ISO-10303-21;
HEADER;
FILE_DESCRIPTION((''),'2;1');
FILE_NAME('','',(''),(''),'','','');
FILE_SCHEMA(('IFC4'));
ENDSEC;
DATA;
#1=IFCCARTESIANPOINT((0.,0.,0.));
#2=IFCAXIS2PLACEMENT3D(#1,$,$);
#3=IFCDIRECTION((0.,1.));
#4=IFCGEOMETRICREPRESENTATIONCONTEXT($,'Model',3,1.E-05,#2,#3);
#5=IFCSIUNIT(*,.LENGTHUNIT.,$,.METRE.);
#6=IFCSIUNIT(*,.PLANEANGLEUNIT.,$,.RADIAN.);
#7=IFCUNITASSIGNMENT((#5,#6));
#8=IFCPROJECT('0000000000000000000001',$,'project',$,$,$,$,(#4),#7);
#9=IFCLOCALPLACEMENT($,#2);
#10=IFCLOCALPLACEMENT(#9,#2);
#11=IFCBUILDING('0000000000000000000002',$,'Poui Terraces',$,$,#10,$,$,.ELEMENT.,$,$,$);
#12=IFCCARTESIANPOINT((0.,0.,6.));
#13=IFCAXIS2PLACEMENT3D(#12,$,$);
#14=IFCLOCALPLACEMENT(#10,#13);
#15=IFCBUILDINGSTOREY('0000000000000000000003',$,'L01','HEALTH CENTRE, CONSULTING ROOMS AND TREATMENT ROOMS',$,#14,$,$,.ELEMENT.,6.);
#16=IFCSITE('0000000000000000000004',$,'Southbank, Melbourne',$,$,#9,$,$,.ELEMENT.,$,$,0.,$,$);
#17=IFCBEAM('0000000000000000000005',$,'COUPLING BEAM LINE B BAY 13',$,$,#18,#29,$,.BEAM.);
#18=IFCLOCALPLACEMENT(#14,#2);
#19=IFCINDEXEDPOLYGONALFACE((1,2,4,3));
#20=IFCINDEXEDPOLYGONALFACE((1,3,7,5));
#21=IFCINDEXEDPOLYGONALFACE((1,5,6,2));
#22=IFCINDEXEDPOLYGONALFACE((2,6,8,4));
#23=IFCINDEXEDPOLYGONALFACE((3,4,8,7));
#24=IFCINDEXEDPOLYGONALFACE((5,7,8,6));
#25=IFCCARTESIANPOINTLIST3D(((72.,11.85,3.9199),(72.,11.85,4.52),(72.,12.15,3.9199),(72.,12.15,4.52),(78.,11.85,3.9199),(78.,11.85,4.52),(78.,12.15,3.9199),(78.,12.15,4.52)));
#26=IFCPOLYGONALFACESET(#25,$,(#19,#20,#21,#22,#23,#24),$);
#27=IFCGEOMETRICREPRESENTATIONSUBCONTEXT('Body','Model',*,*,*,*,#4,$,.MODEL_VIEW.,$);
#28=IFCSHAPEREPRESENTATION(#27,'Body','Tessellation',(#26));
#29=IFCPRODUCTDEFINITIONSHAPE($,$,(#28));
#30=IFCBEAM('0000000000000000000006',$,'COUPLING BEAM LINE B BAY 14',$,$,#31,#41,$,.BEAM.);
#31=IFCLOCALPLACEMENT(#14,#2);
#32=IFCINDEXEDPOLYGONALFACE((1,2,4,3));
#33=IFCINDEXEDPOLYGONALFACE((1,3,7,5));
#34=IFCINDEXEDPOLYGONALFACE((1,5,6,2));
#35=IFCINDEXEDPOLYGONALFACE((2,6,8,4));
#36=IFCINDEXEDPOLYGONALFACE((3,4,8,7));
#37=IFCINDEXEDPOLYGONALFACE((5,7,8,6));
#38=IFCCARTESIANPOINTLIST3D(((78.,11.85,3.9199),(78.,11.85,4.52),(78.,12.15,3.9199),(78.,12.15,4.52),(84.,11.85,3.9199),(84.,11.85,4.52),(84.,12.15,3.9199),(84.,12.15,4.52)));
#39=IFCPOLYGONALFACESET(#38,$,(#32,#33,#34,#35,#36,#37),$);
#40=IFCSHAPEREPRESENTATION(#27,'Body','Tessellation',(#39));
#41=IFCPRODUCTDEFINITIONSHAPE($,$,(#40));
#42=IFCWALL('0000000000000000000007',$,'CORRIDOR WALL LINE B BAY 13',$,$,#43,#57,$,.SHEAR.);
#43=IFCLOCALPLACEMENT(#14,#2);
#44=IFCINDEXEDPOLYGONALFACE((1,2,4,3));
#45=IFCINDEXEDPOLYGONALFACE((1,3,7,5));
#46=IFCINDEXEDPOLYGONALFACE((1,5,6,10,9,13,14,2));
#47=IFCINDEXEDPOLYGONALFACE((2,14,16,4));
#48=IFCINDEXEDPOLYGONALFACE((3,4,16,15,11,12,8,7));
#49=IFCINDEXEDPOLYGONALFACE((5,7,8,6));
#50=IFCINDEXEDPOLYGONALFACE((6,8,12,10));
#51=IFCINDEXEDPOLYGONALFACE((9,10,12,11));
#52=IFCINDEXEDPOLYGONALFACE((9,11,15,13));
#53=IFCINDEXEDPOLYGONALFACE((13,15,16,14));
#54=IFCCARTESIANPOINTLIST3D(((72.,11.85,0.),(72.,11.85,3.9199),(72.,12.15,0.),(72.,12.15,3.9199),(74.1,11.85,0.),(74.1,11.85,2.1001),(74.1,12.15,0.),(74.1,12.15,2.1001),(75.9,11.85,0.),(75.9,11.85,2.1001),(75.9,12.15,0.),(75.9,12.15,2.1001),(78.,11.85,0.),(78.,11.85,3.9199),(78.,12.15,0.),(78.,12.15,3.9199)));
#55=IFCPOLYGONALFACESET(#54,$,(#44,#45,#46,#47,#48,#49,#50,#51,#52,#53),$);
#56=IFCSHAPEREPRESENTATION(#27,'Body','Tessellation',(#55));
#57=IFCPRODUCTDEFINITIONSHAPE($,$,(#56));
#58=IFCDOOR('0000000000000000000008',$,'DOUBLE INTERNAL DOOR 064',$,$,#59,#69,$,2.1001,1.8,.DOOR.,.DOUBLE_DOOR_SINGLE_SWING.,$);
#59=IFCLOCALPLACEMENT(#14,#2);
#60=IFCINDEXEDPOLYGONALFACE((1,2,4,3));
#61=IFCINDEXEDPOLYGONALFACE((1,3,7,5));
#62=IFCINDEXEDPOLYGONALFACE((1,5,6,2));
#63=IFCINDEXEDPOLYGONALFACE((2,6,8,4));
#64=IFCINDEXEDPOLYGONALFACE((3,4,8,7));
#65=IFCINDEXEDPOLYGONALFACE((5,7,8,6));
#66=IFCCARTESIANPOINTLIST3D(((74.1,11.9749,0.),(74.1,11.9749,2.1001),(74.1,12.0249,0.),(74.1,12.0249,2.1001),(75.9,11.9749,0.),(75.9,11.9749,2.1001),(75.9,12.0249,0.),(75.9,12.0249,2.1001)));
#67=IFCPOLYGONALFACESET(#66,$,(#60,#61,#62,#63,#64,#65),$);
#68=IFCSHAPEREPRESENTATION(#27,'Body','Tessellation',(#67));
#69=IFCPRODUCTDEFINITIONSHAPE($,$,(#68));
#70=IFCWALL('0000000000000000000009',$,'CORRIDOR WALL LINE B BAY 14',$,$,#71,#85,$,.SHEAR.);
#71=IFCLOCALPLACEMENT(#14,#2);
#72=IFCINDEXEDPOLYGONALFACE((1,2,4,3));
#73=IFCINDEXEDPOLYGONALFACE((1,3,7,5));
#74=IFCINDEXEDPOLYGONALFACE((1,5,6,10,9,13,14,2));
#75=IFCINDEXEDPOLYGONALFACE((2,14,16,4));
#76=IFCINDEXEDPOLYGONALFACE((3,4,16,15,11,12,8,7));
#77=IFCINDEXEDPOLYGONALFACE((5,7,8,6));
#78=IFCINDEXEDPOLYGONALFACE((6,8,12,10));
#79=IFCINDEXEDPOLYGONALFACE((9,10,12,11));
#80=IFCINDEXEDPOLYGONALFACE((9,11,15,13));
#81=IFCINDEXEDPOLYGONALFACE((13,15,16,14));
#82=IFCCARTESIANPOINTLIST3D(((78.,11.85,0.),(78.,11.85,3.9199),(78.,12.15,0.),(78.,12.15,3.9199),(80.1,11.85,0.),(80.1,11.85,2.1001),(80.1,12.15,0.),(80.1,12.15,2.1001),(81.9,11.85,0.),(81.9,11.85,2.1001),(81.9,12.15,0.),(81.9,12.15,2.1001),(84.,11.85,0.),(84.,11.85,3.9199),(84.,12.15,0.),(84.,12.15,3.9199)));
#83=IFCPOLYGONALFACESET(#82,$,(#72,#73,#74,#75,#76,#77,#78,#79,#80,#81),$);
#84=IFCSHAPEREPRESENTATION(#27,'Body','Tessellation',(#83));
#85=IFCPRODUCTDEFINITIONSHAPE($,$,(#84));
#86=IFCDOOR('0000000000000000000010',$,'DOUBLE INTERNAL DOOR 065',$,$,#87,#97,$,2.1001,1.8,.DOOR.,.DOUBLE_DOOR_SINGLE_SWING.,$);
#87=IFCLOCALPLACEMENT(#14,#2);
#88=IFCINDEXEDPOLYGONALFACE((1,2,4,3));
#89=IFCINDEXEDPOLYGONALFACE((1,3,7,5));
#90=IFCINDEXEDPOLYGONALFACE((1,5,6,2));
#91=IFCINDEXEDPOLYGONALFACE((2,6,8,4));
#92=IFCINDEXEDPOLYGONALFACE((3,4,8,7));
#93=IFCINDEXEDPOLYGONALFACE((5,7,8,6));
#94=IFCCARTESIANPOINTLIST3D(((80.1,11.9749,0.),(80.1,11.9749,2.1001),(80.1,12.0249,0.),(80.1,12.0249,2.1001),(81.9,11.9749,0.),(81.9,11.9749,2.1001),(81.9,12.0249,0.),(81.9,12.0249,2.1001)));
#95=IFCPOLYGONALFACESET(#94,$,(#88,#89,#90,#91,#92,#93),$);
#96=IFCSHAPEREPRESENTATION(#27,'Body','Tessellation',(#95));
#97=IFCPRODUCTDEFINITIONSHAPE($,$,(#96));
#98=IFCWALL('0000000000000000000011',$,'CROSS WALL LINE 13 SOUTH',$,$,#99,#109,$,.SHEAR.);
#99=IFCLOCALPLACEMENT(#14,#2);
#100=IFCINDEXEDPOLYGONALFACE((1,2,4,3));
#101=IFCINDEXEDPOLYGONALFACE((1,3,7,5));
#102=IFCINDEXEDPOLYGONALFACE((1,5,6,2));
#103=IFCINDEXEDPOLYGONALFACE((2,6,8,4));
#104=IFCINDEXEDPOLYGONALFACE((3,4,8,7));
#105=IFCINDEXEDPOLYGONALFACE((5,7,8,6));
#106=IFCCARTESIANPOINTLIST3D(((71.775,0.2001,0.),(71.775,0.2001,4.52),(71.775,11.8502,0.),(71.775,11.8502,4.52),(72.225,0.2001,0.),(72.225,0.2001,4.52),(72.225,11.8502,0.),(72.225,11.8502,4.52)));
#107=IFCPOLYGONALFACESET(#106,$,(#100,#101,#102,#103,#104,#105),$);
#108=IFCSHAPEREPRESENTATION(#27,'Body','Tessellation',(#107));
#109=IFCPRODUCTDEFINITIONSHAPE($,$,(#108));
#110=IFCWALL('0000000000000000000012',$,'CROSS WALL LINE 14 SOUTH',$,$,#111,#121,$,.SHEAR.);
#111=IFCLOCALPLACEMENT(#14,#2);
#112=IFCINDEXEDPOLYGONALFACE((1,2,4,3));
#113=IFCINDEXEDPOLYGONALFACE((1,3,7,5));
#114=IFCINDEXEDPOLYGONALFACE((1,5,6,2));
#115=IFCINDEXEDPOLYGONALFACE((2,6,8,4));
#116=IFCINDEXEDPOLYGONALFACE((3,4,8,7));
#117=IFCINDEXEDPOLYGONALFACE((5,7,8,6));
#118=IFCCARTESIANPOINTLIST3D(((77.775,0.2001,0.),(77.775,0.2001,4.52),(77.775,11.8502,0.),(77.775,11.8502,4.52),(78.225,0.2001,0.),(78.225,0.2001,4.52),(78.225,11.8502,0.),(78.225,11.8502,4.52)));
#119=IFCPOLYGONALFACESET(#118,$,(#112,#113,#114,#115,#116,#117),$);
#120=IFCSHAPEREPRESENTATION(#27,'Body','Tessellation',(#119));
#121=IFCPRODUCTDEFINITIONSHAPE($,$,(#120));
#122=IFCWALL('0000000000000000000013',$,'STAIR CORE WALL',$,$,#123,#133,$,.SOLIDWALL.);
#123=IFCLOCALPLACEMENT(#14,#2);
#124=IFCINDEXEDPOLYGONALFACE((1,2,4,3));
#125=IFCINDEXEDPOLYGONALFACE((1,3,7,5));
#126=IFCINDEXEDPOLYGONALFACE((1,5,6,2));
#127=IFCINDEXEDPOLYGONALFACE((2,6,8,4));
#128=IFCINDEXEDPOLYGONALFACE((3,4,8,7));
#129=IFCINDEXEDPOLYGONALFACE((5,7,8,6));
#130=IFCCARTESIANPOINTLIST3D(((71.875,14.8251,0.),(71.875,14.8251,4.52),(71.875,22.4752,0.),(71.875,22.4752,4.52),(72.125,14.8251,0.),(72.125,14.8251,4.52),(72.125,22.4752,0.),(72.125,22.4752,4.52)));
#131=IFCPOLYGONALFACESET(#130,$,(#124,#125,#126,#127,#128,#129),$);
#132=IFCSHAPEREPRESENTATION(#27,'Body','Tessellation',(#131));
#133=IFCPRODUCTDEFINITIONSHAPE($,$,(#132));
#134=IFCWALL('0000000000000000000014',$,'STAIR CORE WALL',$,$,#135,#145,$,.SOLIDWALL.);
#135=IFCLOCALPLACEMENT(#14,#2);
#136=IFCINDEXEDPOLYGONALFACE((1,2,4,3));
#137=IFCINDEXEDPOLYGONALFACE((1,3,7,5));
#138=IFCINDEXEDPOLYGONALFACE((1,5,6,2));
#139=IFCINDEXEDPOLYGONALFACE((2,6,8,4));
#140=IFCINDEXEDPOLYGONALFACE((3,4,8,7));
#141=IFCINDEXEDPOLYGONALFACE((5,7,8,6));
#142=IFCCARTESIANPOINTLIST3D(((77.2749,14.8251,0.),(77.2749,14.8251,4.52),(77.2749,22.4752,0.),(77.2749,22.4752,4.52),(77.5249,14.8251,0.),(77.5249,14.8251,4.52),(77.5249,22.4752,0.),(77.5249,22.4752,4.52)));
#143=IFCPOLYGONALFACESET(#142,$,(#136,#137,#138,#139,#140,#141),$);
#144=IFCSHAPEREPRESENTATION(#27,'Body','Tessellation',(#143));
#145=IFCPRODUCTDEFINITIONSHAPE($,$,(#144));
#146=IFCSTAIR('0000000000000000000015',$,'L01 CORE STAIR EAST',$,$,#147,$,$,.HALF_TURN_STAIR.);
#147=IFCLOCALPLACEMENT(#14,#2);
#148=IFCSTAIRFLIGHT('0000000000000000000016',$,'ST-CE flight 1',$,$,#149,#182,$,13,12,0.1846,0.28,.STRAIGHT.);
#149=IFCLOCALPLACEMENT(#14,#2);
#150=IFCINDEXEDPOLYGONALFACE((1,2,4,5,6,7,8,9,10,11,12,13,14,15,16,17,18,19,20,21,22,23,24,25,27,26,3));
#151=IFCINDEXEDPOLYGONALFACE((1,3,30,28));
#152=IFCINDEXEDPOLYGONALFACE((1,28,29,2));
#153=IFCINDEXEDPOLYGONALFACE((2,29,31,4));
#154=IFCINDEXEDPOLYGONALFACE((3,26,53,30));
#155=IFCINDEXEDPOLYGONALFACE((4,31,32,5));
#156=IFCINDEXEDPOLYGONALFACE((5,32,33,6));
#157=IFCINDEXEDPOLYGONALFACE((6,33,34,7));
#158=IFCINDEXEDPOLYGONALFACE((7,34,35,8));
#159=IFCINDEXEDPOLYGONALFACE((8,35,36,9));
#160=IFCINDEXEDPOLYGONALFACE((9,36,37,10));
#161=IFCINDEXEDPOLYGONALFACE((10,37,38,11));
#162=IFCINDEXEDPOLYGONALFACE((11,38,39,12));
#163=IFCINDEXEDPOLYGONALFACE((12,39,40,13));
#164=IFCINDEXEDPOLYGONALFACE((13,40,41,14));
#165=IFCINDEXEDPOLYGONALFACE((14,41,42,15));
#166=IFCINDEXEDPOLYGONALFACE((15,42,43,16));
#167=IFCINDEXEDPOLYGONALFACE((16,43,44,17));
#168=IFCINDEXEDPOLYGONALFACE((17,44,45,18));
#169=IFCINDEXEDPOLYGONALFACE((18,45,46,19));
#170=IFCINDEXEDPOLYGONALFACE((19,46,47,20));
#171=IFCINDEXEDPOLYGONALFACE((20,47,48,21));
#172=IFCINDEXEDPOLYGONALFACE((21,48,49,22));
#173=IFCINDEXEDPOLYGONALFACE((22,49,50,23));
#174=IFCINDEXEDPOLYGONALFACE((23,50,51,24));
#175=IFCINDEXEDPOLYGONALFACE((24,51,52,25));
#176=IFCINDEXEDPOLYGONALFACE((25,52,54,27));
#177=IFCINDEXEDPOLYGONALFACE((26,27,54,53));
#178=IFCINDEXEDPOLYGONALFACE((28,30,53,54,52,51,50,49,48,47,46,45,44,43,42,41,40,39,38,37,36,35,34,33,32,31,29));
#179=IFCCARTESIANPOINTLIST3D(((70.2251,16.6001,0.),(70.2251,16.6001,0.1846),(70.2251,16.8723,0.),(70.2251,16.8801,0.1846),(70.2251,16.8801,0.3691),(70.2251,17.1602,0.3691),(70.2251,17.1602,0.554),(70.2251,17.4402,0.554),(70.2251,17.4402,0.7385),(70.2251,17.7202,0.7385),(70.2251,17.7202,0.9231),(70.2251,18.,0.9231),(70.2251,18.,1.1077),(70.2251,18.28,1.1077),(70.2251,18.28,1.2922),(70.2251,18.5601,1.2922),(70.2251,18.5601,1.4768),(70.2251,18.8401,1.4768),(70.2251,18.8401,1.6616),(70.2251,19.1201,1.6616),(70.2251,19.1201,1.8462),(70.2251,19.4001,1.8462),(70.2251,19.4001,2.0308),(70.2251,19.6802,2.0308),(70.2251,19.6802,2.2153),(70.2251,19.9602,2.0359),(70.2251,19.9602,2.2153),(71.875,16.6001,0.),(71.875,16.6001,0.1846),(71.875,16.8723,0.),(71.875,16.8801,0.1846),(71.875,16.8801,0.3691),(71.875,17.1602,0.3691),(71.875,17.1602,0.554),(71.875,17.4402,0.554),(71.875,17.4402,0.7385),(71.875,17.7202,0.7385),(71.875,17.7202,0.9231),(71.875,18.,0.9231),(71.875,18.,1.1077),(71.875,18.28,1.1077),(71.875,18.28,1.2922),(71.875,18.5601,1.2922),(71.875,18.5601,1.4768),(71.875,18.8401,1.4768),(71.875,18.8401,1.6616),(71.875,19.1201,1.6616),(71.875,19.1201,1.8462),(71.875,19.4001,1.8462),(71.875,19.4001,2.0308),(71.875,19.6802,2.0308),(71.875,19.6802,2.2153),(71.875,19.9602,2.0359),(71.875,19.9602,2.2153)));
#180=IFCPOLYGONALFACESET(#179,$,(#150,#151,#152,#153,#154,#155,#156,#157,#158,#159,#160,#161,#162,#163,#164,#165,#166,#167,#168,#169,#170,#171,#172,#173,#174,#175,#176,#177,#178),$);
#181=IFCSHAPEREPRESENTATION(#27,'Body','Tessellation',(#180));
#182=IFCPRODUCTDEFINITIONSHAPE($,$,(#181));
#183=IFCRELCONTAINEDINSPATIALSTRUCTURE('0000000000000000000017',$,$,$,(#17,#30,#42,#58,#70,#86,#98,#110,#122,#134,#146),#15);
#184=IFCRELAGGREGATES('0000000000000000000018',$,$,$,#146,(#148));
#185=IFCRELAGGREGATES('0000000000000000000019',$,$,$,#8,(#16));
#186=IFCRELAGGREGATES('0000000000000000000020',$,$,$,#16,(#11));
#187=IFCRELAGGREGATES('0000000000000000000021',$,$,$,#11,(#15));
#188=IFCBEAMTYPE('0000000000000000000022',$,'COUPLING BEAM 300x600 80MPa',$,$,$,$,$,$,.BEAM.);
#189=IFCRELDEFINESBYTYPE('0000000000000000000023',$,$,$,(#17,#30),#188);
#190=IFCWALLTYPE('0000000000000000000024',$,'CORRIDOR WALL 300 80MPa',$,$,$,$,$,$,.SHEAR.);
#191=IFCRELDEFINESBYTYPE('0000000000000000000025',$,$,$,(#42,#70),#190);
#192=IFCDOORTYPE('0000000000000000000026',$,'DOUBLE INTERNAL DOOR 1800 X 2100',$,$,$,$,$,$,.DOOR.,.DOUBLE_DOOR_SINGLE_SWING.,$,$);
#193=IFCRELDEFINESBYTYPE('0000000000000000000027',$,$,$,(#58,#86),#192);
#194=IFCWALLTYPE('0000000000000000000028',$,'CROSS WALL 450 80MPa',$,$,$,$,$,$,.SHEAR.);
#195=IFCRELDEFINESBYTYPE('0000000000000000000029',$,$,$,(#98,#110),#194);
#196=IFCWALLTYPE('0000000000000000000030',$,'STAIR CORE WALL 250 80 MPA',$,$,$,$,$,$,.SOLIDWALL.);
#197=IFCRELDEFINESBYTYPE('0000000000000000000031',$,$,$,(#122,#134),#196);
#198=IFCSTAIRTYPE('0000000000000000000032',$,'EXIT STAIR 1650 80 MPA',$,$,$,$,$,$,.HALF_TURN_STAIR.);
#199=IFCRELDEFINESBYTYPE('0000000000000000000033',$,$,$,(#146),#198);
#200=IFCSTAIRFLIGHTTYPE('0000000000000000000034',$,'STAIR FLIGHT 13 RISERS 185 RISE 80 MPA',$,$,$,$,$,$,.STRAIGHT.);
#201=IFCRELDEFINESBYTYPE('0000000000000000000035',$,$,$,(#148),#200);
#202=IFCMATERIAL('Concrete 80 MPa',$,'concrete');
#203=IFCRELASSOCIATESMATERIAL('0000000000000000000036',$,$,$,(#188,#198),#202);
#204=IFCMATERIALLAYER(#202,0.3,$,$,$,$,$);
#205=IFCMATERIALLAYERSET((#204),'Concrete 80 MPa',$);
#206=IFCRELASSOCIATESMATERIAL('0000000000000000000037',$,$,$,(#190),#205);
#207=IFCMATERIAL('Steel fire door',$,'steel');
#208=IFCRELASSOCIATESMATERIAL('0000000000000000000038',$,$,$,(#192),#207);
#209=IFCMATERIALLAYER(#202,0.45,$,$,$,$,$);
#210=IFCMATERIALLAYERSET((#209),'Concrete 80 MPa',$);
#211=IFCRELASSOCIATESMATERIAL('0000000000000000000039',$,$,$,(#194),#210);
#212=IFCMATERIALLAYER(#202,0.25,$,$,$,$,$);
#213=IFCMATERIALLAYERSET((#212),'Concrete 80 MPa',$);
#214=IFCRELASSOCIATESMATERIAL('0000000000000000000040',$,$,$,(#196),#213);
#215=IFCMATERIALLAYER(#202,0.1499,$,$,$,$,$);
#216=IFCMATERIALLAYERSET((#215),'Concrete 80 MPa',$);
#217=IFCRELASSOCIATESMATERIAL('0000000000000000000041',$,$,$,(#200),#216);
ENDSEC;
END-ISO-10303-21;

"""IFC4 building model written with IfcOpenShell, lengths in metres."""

from ifc_helpers import new_model, si_unit, direction, frame, frame_2d, origin, origin_2d, place, context, subcontext, project, spatial, polyline, rectangle, outline, extrude, source, transform, mapped, material, layer, layer_set, material_profile, profile_set, type_object, element, fill, aggregate, save


model = new_model("IFC4")

# Units and contexts
model_context = context("Model", 3, precision=1e-05, world=origin(), true_north=direction((0.0, 1.0)))
body_context = subcontext(model_context, "Body", "Model", "MODEL_VIEW")
ifc_project = project(units=[si_unit("LENGTHUNIT", "METRE"), si_unit("PLANEANGLEUNIT", "RADIAN")], contexts=[model_context])

# Site, building, storey
site_placement = place(None, origin())
site = spatial("IfcSite", under=ifc_project, at=site_placement, Name="Southbank, Melbourne", CompositionType="ELEMENT", RefElevation=0.0)
building_placement = place(site_placement, origin())
building = spatial("IfcBuilding", under=site, at=building_placement, Name="Poui Terraces", CompositionType="ELEMENT")
storey_placement = place(building_placement, frame((0.0, 0.0, 6.0)))
storey = spatial("IfcBuildingStorey", under=building, at=storey_placement, Name="L01", Description="HEALTH CENTRE, CONSULTING ROOMS AND TREATMENT ROOMS", CompositionType="ELEMENT", Elevation=6.0)

# Beams
ifc_material_1 = material(Name="Concrete 80 MPa", Category="concrete")
ifc_material_profile = material_profile(ifc_material_1, rectangle(XDim=0.3, YDim=0.6001, at=origin_2d()), Name="RC 300x600")
ifc_profile_set = profile_set([ifc_material_profile], Name="Concrete 80 MPa")
beam_type = type_object("IfcBeamType", Name="COUPLING BEAM 300x600 80MPa", PredefinedType="BEAM", material=ifc_profile_set)
shared_shape = source(origin(), body_context, "Body", "SweptSolid", [
    extrude(rectangle(XDim=0.3, YDim=0.6001, at=origin_2d()), origin(), (0.0, 0.0, 1.0), 6.0),
])
for number, where, z_axis, x_axis, name in (
    (1, (72.0, 12.0, 4.22), (1.0, 0.0, 0.0), (0.0, 1.0, 0.0), "COUPLING BEAM LINE B BAY 13"),
    (2, (78.0, 12.0, 4.22), (1.0, 0.0, 0.0), (0.0, 1.0, 0.0), "COUPLING BEAM LINE B BAY 14"),
):
    element("IfcBeam", number, at=place(storey_placement, frame(where, z_axis=z_axis, x_axis=x_axis)), inside=storey, type_object=beam_type, Name=name, PredefinedType="BEAM", context=body_context, shape_type="MappedRepresentation", body=[
        mapped(shared_shape, transform((0.0, 0.0, 0.0))),
    ])

# Walls, openings, doors
ifc_layer_1 = layer(ifc_material_1, 0.3)
ifc_layer_set_1 = layer_set([ifc_layer_1], Name="Concrete 80 MPa")
wall_type_1 = type_object("IfcWallType", Name="CORRIDOR WALL 300 80MPa", PredefinedType="SHEAR", material=ifc_layer_set_1)
wall_1_placement = place(storey_placement, frame((72.0, 12.0, 0.0), z_axis=(0.0, 0.0, 1.0), x_axis=(1.0, 0.0, 0.0)))
wall_1 = element("IfcWall", 3, at=wall_1_placement, inside=storey, type_object=wall_type_1, Name="CORRIDOR WALL LINE B BAY 13", PredefinedType="SHEAR", context=body_context, shape_type="SweptSolid", body=[
    extrude(rectangle(XDim=6.0, YDim=0.3, at=frame_2d((3.0, 0.0))), origin(), (0.0, 0.0, 1.0), 3.9199),
])
opening_1_placement = place(wall_1_placement, frame((2.1001, 0.0, 0.0)))
opening_1 = element("IfcOpeningElement", 4, at=opening_1_placement, cuts=wall_1, PredefinedType="OPENING", context=body_context, shape_type="SweptSolid", body=[
    extrude(rectangle(XDim=1.8, YDim=2.1001, at=frame_2d((0.8999, 1.05))), frame((0.0, 0.1602, 0.0), z_axis=(0.0, -1.0, 0.0), x_axis=(1.0, 0.0, 0.0)), (0.0, 0.0, 1.0), 0.3201),
])
ifc_material_2 = material(Name="Steel fire door", Category="steel")
door_type = type_object("IfcDoorType", Name="DOUBLE INTERNAL DOOR 1800 X 2100", OperationType="DOUBLE_DOOR_SINGLE_SWING", PredefinedType="DOOR", material=ifc_material_2)
door_1_placement = place(opening_1_placement, origin())
door_1 = element("IfcDoor", 5, at=door_1_placement, inside=storey, type_object=door_type, Name="DOUBLE INTERNAL DOOR 064", OperationType="DOUBLE_DOOR_SINGLE_SWING", OverallHeight=2.1001, OverallWidth=1.8, PredefinedType="DOOR", context=body_context, shape_type="SweptSolid", body=[
    extrude(rectangle(XDim=1.8, YDim=2.1001, at=frame_2d((0.8999, 1.05))), frame((0.0, 0.0249, 0.0), z_axis=(0.0, -1.0, 0.0), x_axis=(1.0, 0.0, 0.0)), (0.0, 0.0, 1.0), 0.05),
])
fill(opening_1, door_1)
wall_2_placement = place(storey_placement, frame((78.0, 12.0, 0.0), z_axis=(0.0, 0.0, 1.0), x_axis=(1.0, 0.0, 0.0)))
wall_2 = element("IfcWall", 6, at=wall_2_placement, inside=storey, type_object=wall_type_1, Name="CORRIDOR WALL LINE B BAY 14", PredefinedType="SHEAR", context=body_context, shape_type="SweptSolid", body=[
    extrude(rectangle(XDim=6.0, YDim=0.3, at=frame_2d((3.0, 0.0))), origin(), (0.0, 0.0, 1.0), 3.9199),
])
opening_2_placement = place(wall_2_placement, frame((2.1001, 0.0, 0.0)))
opening_2 = element("IfcOpeningElement", 7, at=opening_2_placement, cuts=wall_2, PredefinedType="OPENING", context=body_context, shape_type="SweptSolid", body=[
    extrude(rectangle(XDim=1.8, YDim=2.1001, at=frame_2d((0.8999, 1.05))), frame((0.0, 0.1602, 0.0), z_axis=(0.0, -1.0, 0.0), x_axis=(1.0, 0.0, 0.0)), (0.0, 0.0, 1.0), 0.3201),
])
door_2_placement = place(opening_2_placement, origin())
door_2 = element("IfcDoor", 8, at=door_2_placement, inside=storey, type_object=door_type, Name="DOUBLE INTERNAL DOOR 065", OperationType="DOUBLE_DOOR_SINGLE_SWING", OverallHeight=2.1001, OverallWidth=1.8, PredefinedType="DOOR", context=body_context, shape_type="SweptSolid", body=[
    extrude(rectangle(XDim=1.8, YDim=2.1001, at=frame_2d((0.8999, 1.05))), frame((0.0, 0.0249, 0.0), z_axis=(0.0, -1.0, 0.0), x_axis=(1.0, 0.0, 0.0)), (0.0, 0.0, 1.0), 0.05),
])
fill(opening_2, door_2)

# Walls
ifc_layer_2 = layer(ifc_material_1, 0.45)
ifc_layer_set_2 = layer_set([ifc_layer_2], Name="Concrete 80 MPa")
wall_type_2 = type_object("IfcWallType", Name="CROSS WALL 450 80MPa", PredefinedType="SHEAR", material=ifc_layer_set_2)
for number, where, z_axis, x_axis, name in (
    (9, (72.0, 0.2, 0.0), (0.0, 0.0, 1.0), (0.0, 1.0, 0.0), "CROSS WALL LINE 13 SOUTH"),
    (10, (78.0, 0.2, 0.0), (0.0, 0.0, 1.0), (0.0, 1.0, 0.0), "CROSS WALL LINE 14 SOUTH"),
):
    element("IfcWall", number, at=place(storey_placement, frame(where, z_axis=z_axis, x_axis=x_axis)), inside=storey, type_object=wall_type_2, Name=name, PredefinedType="SHEAR", context=body_context, shape_type="SweptSolid", body=[
        extrude(rectangle(XDim=11.6501, YDim=0.45, at=frame_2d((5.8252, 0.0))), origin(), (0.0, 0.0, 1.0), 4.52),
    ])
ifc_layer_3 = layer(ifc_material_1, 0.25)
ifc_layer_set_3 = layer_set([ifc_layer_3], Name="Concrete 80 MPa")
wall_type_3 = type_object("IfcWallType", Name="STAIR CORE WALL 250 80 MPA", PredefinedType="SOLIDWALL", material=ifc_layer_set_3)
for number, where, z_axis, x_axis, name in (
    (11, (72.0, 14.825, 0.0), (0.0, 0.0, 1.0), (0.0, 1.0, 0.0), "STAIR CORE WALL"),
    (12, (77.3999, 14.825, 0.0), (0.0, 0.0, 1.0), (0.0, 1.0, 0.0), "STAIR CORE WALL"),
):
    element("IfcWall", number, at=place(storey_placement, frame(where, z_axis=z_axis, x_axis=x_axis)), inside=storey, type_object=wall_type_3, Name=name, PredefinedType="SOLIDWALL", context=body_context, shape_type="SweptSolid", body=[
        extrude(rectangle(XDim=7.6501, YDim=0.25, at=frame_2d((3.8252, 0.0))), origin(), (0.0, 0.0, 1.0), 4.52),
    ])

# Stair, stair flight
stair_type = type_object("IfcStairType", Name="EXIT STAIR 1650 80 MPA", PredefinedType="HALF_TURN_STAIR", material=ifc_material_1)
stair_placement = place(storey_placement, origin())
stair = element("IfcStair", 13, at=stair_placement, inside=storey, type_object=stair_type, Name="L01 CORE STAIR EAST", PredefinedType="HALF_TURN_STAIR")
ifc_layer_4 = layer(ifc_material_1, 0.1499)
ifc_layer_set_4 = layer_set([ifc_layer_4], Name="Concrete 80 MPa")
stair_flight_type = type_object("IfcStairFlightType", Name="STAIR FLIGHT 13 RISERS 185 RISE 80 MPA", PredefinedType="STRAIGHT", material=ifc_layer_set_4)
stair_flight_1_placement = place(storey_placement, frame((71.05, 16.6001, 0.0), z_axis=(0.0, 0.0, 1.0), x_axis=(0.0, 1.0, 0.0)))
stair_flight_1 = element("IfcStairFlight", 14, at=stair_flight_1_placement, type_object=stair_flight_type, Name="ST-CE flight 1", NumberOfRisers=13, NumberOfTreads=12, PredefinedType="STRAIGHT", RiserHeight=0.1846, TreadLength=0.28, context=body_context, shape_type="SweptSolid", body=[
    extrude(outline(polyline([(0.0, 0.0), (0.0, 0.1846), (0.28, 0.1846), (0.28, 0.3691), (0.5601, 0.3691), (0.5601, 0.554), (0.8401, 0.554), (0.8401, 0.7385), (1.1201, 0.7385), (1.1201, 0.9231), (1.3999, 0.9231), (1.3999, 1.1077), (1.6799, 1.1077), (1.6799, 1.2922), (1.96, 1.2922), (1.96, 1.4768), (2.24, 1.4768), (2.24, 1.6616), (2.52, 1.6616), (2.52, 1.8462), (2.8, 1.8462), (2.8, 2.0308), (3.0801, 2.0308), (3.0801, 2.2153), (3.3601, 2.2153), (3.3601, 2.3999), (3.3601, 2.0359), (0.2722, 0.0), (0.0, 0.0)])), frame((0.0, 0.825, 0.0), z_axis=(0.0, -1.0, 0.0), x_axis=(1.0, 0.0, 0.0)), (0.0, 0.0, 1.0), 1.6499),
])
aggregate(stair, [stair_flight_1])

save(model, "model.ifc")
